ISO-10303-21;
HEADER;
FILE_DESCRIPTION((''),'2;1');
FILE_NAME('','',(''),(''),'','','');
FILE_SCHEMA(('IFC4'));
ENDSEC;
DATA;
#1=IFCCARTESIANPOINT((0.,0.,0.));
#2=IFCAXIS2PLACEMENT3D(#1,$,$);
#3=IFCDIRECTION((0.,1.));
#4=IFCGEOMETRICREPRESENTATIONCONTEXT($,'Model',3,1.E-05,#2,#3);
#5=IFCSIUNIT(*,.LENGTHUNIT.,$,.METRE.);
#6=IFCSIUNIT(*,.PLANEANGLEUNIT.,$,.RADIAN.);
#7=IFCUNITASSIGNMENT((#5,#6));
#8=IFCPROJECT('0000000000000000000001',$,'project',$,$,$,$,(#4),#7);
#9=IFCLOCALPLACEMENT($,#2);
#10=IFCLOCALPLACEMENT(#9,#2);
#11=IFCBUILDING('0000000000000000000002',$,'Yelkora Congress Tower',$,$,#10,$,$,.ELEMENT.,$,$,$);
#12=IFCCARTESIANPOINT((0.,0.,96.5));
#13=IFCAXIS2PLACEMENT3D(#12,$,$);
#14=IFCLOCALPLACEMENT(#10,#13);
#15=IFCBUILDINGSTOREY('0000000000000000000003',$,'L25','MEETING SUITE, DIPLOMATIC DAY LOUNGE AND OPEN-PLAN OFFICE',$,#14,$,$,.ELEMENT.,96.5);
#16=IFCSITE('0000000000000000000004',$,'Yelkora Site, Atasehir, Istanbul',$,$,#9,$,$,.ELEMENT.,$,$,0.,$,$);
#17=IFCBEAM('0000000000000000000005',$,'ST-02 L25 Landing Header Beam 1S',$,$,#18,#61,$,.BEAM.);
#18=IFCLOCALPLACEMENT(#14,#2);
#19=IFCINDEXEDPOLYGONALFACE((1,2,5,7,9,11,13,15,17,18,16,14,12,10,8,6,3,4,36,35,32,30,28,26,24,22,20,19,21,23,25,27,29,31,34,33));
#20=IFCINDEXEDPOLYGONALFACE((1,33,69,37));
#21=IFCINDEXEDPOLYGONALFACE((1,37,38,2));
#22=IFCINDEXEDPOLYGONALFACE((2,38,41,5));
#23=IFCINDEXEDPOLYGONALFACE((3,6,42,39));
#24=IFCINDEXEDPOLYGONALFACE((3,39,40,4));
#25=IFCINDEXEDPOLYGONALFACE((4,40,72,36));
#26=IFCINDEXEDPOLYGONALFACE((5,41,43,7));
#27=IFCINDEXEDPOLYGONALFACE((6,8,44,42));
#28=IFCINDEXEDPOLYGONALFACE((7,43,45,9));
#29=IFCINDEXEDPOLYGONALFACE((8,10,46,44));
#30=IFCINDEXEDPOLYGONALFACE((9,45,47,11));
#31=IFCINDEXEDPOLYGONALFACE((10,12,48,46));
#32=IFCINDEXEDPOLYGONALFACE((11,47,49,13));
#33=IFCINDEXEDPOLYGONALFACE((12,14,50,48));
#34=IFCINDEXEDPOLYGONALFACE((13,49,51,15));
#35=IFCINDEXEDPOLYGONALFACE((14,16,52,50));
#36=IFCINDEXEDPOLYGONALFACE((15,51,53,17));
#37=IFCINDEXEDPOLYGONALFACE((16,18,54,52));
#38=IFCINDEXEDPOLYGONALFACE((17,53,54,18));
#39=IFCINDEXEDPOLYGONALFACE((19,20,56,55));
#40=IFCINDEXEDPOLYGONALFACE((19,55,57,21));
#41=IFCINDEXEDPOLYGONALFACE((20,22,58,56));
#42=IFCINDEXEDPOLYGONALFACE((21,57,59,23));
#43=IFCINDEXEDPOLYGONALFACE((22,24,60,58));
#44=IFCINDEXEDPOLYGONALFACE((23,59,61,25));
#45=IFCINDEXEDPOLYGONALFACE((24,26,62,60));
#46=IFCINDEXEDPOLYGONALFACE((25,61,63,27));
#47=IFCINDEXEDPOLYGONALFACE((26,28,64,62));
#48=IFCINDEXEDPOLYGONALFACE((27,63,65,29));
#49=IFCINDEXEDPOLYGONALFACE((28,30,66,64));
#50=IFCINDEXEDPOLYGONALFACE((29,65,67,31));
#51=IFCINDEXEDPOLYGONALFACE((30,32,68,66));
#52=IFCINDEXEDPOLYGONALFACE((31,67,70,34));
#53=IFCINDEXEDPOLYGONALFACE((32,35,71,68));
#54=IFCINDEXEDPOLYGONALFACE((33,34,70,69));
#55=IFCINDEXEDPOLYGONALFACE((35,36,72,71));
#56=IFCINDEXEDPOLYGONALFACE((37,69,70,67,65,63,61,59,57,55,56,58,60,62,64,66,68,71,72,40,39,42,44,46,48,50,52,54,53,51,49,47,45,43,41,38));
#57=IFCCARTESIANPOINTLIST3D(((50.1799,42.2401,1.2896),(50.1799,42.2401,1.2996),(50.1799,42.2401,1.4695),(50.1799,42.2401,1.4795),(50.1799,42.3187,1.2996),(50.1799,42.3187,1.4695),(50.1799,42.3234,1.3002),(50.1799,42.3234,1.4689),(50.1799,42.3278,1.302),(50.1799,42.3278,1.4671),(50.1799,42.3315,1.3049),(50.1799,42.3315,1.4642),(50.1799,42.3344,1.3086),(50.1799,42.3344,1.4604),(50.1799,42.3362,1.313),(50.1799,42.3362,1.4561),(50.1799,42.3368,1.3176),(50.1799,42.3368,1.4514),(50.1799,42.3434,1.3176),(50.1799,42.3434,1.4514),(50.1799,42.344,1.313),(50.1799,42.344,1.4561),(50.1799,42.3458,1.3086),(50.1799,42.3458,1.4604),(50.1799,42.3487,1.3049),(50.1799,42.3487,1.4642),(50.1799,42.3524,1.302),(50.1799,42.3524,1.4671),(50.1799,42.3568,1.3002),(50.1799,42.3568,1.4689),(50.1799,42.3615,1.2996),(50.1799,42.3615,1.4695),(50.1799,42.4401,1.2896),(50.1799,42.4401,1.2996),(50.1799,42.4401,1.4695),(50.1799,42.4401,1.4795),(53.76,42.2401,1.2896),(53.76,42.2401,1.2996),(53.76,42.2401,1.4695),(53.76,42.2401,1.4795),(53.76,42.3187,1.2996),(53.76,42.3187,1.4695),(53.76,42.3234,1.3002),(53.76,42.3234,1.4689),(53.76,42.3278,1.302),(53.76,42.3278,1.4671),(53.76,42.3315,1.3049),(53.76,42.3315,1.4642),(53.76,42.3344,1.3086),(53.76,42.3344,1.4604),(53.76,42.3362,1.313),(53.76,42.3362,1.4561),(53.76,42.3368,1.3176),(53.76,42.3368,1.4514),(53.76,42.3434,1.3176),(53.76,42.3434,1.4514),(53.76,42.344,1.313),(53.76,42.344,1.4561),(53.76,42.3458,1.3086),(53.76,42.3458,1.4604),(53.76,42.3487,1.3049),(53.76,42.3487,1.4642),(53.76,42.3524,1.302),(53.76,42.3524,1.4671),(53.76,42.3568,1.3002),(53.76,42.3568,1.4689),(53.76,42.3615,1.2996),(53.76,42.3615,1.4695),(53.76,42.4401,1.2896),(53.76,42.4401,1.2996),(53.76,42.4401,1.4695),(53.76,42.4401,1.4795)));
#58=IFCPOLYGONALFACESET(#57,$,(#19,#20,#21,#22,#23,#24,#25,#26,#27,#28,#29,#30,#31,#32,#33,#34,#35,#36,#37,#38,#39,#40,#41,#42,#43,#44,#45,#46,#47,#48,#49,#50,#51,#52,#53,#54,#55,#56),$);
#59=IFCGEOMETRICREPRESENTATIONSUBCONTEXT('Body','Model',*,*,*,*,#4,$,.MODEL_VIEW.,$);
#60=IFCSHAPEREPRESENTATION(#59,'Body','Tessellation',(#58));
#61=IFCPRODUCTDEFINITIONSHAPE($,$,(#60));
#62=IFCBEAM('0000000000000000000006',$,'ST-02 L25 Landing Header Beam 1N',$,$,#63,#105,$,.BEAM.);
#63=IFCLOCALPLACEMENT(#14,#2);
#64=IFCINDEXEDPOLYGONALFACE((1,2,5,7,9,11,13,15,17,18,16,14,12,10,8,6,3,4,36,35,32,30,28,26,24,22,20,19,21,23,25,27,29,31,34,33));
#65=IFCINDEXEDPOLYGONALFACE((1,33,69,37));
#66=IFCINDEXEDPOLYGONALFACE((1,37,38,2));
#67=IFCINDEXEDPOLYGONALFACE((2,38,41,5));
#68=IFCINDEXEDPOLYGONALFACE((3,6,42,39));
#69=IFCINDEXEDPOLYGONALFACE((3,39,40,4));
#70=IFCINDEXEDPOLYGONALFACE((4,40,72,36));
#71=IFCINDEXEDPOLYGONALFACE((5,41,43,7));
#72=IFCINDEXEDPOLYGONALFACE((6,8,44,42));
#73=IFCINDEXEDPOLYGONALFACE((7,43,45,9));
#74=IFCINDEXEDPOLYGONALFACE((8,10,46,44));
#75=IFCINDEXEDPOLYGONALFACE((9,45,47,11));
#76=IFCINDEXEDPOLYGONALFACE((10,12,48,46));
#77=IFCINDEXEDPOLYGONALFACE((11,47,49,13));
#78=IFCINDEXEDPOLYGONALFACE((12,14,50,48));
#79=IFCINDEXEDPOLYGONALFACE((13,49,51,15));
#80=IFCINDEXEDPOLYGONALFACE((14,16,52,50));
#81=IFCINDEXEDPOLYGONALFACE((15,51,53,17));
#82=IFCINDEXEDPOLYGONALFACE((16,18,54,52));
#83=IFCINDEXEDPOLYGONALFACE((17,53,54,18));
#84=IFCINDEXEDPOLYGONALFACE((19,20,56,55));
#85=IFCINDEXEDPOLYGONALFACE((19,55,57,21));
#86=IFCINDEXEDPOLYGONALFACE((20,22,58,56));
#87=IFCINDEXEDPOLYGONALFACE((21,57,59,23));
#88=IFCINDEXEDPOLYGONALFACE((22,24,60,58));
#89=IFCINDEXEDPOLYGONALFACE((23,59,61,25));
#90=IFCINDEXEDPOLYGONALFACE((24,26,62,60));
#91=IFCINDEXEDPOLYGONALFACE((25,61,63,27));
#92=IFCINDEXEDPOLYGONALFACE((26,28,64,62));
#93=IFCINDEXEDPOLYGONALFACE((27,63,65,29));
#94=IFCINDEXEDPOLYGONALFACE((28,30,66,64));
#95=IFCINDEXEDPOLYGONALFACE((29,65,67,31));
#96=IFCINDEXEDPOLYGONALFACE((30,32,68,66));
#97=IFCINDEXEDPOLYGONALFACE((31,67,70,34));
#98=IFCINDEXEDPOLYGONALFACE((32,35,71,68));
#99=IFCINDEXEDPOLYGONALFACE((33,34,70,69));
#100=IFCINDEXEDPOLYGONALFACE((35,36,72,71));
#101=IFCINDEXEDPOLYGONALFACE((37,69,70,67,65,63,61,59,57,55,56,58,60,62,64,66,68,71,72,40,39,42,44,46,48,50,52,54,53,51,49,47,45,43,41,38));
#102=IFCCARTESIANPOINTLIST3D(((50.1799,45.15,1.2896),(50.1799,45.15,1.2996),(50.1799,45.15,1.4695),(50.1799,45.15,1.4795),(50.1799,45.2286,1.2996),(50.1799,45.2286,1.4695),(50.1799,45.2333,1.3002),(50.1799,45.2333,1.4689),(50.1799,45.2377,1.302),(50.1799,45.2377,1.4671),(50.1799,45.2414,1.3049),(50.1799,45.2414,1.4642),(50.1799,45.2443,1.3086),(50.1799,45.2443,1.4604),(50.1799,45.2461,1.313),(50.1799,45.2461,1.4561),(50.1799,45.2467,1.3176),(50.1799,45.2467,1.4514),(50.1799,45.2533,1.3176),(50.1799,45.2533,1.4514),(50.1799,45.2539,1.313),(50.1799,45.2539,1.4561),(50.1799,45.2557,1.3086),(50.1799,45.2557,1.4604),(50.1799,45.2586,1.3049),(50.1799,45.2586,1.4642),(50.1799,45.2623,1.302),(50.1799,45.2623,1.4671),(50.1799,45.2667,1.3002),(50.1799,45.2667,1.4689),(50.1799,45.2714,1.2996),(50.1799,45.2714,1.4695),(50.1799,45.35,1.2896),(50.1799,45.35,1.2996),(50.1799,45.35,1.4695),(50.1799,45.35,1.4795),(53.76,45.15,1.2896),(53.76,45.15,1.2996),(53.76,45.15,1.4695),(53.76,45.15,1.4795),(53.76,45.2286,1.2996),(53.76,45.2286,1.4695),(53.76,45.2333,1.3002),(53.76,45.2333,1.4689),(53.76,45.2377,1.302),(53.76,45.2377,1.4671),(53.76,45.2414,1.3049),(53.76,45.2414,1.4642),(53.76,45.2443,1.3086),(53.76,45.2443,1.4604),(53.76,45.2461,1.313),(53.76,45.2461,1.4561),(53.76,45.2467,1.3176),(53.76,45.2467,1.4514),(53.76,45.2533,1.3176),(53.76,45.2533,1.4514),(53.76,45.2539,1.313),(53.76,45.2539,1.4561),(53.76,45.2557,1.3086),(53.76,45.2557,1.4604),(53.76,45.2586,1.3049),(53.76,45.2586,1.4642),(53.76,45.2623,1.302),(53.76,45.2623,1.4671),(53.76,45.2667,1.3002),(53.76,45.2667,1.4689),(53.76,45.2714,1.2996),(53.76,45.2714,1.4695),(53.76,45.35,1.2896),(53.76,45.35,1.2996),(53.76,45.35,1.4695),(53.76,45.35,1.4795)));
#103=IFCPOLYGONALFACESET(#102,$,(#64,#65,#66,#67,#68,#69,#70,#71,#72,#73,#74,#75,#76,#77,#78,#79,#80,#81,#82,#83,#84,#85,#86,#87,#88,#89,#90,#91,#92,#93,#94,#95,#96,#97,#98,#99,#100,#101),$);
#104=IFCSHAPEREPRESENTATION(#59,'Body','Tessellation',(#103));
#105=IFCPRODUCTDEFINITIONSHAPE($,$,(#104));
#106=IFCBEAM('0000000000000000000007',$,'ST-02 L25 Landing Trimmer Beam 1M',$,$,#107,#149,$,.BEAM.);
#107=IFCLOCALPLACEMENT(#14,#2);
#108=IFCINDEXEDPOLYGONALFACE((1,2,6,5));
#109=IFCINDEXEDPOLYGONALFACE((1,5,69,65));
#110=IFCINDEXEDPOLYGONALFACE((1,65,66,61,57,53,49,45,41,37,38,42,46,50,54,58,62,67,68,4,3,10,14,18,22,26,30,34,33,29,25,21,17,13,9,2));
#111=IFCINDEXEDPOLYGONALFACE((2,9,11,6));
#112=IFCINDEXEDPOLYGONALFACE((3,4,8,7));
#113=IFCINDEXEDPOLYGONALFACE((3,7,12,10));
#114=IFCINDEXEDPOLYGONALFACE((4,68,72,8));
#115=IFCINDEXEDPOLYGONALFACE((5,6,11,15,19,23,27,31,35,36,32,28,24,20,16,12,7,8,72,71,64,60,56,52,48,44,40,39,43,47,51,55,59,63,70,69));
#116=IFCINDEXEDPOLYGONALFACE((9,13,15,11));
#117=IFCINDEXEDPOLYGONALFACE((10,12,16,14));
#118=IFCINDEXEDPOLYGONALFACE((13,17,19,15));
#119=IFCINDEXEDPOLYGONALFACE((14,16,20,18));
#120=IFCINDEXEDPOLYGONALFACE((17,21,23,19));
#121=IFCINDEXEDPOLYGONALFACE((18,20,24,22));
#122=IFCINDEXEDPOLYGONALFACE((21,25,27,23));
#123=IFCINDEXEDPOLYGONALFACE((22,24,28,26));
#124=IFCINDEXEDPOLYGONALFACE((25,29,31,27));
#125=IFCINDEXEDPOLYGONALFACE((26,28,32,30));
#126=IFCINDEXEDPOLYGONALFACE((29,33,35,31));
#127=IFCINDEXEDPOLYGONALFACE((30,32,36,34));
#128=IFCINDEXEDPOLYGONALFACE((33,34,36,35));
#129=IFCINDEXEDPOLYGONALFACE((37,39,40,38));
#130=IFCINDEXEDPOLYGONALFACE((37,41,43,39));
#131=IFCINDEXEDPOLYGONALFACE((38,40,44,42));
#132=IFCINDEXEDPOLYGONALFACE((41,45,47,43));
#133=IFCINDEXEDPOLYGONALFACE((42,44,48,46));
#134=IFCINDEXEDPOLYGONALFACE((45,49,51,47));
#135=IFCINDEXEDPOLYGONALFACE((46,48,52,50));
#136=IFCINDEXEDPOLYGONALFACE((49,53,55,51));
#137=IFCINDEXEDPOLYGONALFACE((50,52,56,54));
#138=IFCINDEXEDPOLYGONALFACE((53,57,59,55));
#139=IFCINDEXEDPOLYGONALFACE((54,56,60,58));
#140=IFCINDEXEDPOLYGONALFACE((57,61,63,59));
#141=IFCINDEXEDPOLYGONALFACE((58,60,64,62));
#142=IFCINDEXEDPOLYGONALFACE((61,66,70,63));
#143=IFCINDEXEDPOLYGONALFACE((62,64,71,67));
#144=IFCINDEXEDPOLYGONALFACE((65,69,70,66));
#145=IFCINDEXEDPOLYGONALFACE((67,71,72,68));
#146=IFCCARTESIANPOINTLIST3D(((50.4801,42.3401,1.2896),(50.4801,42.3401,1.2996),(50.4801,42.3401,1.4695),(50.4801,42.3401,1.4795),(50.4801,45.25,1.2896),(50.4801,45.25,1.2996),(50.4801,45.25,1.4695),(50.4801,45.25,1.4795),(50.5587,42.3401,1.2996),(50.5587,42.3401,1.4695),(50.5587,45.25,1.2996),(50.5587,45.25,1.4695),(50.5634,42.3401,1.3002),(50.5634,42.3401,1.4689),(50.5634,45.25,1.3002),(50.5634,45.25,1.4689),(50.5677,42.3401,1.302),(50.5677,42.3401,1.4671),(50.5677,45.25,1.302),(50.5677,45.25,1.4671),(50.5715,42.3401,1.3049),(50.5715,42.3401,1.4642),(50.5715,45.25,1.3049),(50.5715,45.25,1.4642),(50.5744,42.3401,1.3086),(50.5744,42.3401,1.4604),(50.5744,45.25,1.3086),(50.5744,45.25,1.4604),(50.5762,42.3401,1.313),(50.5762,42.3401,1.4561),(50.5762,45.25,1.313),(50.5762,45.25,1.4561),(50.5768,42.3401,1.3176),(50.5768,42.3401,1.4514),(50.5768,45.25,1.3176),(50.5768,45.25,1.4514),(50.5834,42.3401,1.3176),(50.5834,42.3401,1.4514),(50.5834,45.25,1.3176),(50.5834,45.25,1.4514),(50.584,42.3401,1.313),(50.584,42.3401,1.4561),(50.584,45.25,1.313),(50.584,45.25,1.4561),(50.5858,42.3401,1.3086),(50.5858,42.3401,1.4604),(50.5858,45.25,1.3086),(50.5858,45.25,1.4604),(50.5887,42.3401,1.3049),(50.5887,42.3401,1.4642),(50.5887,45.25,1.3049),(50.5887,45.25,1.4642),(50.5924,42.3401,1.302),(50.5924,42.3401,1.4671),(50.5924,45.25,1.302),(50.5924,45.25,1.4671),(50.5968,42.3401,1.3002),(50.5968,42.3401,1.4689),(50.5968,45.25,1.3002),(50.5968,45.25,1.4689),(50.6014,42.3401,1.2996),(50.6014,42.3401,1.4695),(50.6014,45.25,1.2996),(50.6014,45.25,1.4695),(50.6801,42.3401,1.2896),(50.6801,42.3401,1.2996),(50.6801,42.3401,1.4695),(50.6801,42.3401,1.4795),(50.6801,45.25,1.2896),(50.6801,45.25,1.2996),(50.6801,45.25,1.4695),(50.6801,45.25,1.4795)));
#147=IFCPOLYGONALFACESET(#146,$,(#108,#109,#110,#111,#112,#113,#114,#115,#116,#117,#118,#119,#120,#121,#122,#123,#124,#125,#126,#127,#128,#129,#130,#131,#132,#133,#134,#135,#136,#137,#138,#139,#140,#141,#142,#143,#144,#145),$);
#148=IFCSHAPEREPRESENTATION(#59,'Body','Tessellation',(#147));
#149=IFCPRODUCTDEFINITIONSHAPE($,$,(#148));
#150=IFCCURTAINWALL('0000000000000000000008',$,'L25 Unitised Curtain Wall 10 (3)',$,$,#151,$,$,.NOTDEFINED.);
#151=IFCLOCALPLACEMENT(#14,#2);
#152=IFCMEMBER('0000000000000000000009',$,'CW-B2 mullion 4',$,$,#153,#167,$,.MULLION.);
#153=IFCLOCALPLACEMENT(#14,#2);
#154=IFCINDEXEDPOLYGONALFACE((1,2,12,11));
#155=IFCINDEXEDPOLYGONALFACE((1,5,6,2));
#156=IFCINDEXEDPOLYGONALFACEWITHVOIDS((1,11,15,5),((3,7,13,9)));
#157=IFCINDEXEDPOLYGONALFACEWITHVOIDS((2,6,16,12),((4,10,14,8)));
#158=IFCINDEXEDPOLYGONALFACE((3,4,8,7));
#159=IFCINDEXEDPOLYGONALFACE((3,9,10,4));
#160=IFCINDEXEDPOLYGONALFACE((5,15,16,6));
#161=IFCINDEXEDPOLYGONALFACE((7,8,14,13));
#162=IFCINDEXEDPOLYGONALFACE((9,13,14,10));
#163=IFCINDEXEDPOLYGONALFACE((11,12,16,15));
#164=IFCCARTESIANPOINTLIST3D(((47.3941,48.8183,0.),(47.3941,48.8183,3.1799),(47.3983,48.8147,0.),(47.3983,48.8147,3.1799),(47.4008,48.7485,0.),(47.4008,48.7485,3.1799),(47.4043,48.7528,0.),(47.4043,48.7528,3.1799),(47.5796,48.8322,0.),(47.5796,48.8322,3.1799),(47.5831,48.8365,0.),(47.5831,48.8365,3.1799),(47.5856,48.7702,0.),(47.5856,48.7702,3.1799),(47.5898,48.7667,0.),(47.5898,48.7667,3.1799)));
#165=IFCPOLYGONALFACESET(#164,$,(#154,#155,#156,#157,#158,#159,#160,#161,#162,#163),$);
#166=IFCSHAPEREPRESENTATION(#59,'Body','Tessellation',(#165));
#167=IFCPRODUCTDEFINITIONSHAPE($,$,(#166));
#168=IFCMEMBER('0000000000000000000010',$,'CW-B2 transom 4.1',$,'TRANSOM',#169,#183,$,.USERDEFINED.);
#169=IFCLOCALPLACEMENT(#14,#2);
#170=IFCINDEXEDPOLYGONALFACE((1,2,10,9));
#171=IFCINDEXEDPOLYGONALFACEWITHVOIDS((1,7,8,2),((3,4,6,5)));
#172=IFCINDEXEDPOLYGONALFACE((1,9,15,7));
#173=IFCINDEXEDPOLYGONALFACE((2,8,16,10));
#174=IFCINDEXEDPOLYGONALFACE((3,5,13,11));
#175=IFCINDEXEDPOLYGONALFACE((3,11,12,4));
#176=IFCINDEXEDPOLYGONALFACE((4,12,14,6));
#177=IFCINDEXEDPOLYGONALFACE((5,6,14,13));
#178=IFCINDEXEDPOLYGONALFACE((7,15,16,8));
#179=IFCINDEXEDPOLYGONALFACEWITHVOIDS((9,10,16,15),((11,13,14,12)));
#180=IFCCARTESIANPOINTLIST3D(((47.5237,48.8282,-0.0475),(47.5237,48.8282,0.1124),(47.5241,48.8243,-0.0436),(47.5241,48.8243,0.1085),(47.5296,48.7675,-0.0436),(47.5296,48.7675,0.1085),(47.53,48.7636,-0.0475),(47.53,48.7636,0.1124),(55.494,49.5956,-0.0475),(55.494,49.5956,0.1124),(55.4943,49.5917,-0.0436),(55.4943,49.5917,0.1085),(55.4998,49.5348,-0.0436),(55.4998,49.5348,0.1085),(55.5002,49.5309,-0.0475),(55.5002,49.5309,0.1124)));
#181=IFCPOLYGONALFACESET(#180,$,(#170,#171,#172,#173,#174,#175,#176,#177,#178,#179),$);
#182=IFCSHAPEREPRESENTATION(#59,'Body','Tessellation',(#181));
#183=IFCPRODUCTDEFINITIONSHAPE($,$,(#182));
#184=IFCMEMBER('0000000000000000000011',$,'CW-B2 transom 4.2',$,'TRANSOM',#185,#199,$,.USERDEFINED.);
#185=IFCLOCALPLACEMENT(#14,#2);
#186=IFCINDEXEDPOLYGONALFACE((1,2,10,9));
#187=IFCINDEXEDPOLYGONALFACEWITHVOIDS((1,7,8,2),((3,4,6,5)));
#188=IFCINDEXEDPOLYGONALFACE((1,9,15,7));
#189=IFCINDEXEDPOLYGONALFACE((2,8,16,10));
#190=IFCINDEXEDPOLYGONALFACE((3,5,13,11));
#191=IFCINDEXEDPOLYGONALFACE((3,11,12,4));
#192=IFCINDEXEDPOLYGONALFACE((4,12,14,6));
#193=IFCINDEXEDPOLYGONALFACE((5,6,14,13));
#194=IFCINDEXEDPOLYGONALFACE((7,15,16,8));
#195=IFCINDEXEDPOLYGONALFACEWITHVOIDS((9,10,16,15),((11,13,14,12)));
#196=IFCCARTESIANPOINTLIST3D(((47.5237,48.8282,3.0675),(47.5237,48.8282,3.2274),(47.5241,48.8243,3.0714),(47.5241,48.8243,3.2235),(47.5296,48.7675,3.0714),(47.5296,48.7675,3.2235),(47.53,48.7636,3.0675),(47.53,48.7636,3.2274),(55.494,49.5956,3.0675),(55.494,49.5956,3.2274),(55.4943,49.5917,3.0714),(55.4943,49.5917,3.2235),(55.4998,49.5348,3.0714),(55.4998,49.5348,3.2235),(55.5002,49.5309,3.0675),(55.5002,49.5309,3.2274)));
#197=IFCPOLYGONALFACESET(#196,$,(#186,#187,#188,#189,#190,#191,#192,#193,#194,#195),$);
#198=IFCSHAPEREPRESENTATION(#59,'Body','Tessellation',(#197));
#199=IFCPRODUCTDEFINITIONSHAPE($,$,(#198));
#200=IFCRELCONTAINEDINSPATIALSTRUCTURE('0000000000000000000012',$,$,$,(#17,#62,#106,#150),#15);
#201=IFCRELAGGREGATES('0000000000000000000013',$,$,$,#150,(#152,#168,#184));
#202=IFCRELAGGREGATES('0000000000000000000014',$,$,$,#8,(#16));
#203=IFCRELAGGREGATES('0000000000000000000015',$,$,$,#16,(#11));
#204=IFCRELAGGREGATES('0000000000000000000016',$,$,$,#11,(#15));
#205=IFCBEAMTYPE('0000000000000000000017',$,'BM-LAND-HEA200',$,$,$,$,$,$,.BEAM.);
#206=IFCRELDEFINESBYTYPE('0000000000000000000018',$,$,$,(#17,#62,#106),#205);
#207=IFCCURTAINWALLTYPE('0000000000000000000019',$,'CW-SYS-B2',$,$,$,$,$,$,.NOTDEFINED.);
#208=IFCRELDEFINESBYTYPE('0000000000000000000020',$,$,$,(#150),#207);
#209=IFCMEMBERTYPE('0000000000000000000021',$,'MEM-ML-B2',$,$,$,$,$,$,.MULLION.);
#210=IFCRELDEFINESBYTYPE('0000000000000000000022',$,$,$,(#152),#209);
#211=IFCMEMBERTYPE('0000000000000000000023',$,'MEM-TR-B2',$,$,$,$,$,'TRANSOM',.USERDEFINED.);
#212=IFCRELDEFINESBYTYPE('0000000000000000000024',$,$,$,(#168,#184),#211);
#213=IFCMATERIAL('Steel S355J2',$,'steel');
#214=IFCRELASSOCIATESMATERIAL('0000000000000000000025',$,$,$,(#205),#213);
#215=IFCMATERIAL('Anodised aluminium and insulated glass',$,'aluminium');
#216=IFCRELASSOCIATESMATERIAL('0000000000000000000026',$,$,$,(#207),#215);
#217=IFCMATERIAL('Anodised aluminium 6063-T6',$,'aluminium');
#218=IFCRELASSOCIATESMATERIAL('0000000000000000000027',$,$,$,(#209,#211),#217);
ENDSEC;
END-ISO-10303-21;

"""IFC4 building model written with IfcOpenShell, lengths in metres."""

from ifc_helpers import new_model, si_unit, direction, frame, origin, origin_2d, place, context, subcontext, project, spatial, hollow_rectangle, i_section, extrude, material, material_profile, profile_set, type_object, element, aggregate, save


model = new_model("IFC4")

# Units and contexts
model_context = context("Model", 3, precision=1e-05, world=origin(), true_north=direction((0.0, 1.0)))
body_context = subcontext(model_context, "Body", "Model", "MODEL_VIEW")
ifc_project = project(units=[si_unit("LENGTHUNIT", "METRE"), si_unit("PLANEANGLEUNIT", "RADIAN")], contexts=[model_context])

# Site, building, storey
site_placement = place(None, origin())
site = spatial("IfcSite", under=ifc_project, at=site_placement, Name="Yelkora Site, Atasehir, Istanbul", CompositionType="ELEMENT", RefElevation=0.0)
building_placement = place(site_placement, origin())
building = spatial("IfcBuilding", under=site, at=building_placement, Name="Yelkora Congress Tower", CompositionType="ELEMENT")
storey_placement = place(building_placement, frame((0.0, 0.0, 96.5)))
storey = spatial("IfcBuildingStorey", under=building, at=storey_placement, Name="L25", Description="MEETING SUITE, DIPLOMATIC DAY LOUNGE AND OPEN-PLAN OFFICE", CompositionType="ELEMENT", Elevation=96.5)

# Beams
ifc_material_1 = material(Name="Steel S355J2", Category="steel")
ifc_material_profile_1 = material_profile(ifc_material_1, i_section(OverallWidth=0.2, OverallDepth=0.1899, WebThickness=0.0066, FlangeThickness=0.01, FilletRadius=0.0181, at=origin_2d()), Name="HEA 200")
ifc_profile_set_1 = profile_set([ifc_material_profile_1], Name="Steel S355J2")
beam_type_1 = type_object("IfcBeamType", Name="BM-LAND-HEA200", PredefinedType="BEAM", material=ifc_profile_set_1)
for number, where, z_axis, x_axis, name in (
    (1, (50.1799, 42.3401, 1.3845), (1.0, 0.0, 0.0), (0.0, 1.0, 0.0), "ST-02 L25 Landing Header Beam 1S"),
    (2, (50.1799, 45.25, 1.3845), (1.0, 0.0, 0.0), (0.0, 1.0, 0.0), "ST-02 L25 Landing Header Beam 1N"),
):
    element("IfcBeam", number, at=place(storey_placement, frame(where, z_axis=z_axis, x_axis=x_axis)), inside=storey, type_object=beam_type_1, Name=name, PredefinedType="BEAM", context=body_context, shape_type="SweptSolid", body=[
        extrude(i_section(OverallWidth=0.2, OverallDepth=0.1899, WebThickness=0.0066, FlangeThickness=0.01, FilletRadius=0.0181, at=origin_2d()), origin(), (0.0, 0.0, 1.0), 3.5801),
    ])
beam_1_placement = place(storey_placement, frame((50.5801, 42.3401, 1.3845), z_axis=(0.0, 1.0, 0.0), x_axis=(-1.0, 0.0, 0.0)))
element("IfcBeam", 3, at=beam_1_placement, inside=storey, type_object=beam_type_1, Name="ST-02 L25 Landing Trimmer Beam 1M", PredefinedType="BEAM", context=body_context, shape_type="SweptSolid", body=[
    extrude(i_section(OverallWidth=0.2, OverallDepth=0.1899, WebThickness=0.0066, FlangeThickness=0.01, FilletRadius=0.0181, at=origin_2d()), origin(), (0.0, 0.0, 1.0), 2.9099),
])

# Curtain wall, members
ifc_material_2 = material(Name="Anodised aluminium and insulated glass", Category="aluminium")
curtain_wall_type = type_object("IfcCurtainWallType", Name="CW-SYS-B2", PredefinedType="NOTDEFINED", material=ifc_material_2)
curtain_wall_placement = place(storey_placement, origin())
curtain_wall = element("IfcCurtainWall", 4, at=curtain_wall_placement, inside=storey, type_object=curtain_wall_type, Name="L25 Unitised Curtain Wall 10 (3)", PredefinedType="NOTDEFINED")
ifc_material_3 = material(Name="Anodised aluminium 6063-T6", Category="aluminium")
ifc_material_profile_2 = material_profile(ifc_material_3, hollow_rectangle(XDim=0.0701, YDim=0.1899, WallThickness=0.0039, at=origin_2d()), Name="ALU 70x190x4")
ifc_profile_set_2 = profile_set([ifc_material_profile_2], Name="Anodised aluminium 6063-T6")
member_type_1 = type_object("IfcMemberType", Name="MEM-ML-B2", PredefinedType="MULLION", material=ifc_profile_set_2)
member_1_placement = place(storey_placement, frame((47.4919, 48.7925, 0.0), z_axis=(0.0, 0.0, 1.0), x_axis=(-0.095844, 0.995396, 0.0)))
member_1 = element("IfcMember", 5, at=member_1_placement, type_object=member_type_1, Name="CW-B2 mullion 4", PredefinedType="MULLION", context=body_context, shape_type="SweptSolid", body=[
    extrude(hollow_rectangle(XDim=0.0701, YDim=0.1899, WallThickness=0.0039, at=origin_2d()), origin(), (0.0, 0.0, 1.0), 3.1799),
])
ifc_material_profile_3 = material_profile(ifc_material_3, hollow_rectangle(XDim=0.0649, YDim=0.1599, WallThickness=0.0039, at=origin_2d()), Name="ALU 65x160x4")
ifc_profile_set_3 = profile_set([ifc_material_profile_3], Name="Anodised aluminium 6063-T6")
member_type_2 = type_object("IfcMemberType", Name="MEM-TR-B2", ElementType="TRANSOM", PredefinedType="USERDEFINED", material=ifc_profile_set_3)
member_2_placement = place(storey_placement, frame((47.5269, 48.7959, 0.0325), z_axis=(0.995398, 0.095832, 0.0), x_axis=(-0.095832, 0.995398, 0.0)))
member_2 = element("IfcMember", 6, at=member_2_placement, type_object=member_type_2, Name="CW-B2 transom 4.1", ObjectType="TRANSOM", PredefinedType="USERDEFINED", context=body_context, shape_type="SweptSolid", body=[
    extrude(hollow_rectangle(XDim=0.0649, YDim=0.1599, WallThickness=0.0039, at=origin_2d()), origin(), (0.0, 0.0, 1.0), 8.0071),
])
member_3_placement = place(storey_placement, frame((47.5269, 48.7959, 3.1475), z_axis=(0.995398, 0.095832, 0.0), x_axis=(-0.095832, 0.995398, 0.0)))
member_3 = element("IfcMember", 7, at=member_3_placement, type_object=member_type_2, Name="CW-B2 transom 4.2", ObjectType="TRANSOM", PredefinedType="USERDEFINED", context=body_context, shape_type="SweptSolid", body=[
    extrude(hollow_rectangle(XDim=0.0649, YDim=0.1599, WallThickness=0.0039, at=origin_2d()), origin(), (0.0, 0.0, 1.0), 8.0071),
])
aggregate(curtain_wall, [member_1, member_2, member_3])

save(model, "model.ifc")
